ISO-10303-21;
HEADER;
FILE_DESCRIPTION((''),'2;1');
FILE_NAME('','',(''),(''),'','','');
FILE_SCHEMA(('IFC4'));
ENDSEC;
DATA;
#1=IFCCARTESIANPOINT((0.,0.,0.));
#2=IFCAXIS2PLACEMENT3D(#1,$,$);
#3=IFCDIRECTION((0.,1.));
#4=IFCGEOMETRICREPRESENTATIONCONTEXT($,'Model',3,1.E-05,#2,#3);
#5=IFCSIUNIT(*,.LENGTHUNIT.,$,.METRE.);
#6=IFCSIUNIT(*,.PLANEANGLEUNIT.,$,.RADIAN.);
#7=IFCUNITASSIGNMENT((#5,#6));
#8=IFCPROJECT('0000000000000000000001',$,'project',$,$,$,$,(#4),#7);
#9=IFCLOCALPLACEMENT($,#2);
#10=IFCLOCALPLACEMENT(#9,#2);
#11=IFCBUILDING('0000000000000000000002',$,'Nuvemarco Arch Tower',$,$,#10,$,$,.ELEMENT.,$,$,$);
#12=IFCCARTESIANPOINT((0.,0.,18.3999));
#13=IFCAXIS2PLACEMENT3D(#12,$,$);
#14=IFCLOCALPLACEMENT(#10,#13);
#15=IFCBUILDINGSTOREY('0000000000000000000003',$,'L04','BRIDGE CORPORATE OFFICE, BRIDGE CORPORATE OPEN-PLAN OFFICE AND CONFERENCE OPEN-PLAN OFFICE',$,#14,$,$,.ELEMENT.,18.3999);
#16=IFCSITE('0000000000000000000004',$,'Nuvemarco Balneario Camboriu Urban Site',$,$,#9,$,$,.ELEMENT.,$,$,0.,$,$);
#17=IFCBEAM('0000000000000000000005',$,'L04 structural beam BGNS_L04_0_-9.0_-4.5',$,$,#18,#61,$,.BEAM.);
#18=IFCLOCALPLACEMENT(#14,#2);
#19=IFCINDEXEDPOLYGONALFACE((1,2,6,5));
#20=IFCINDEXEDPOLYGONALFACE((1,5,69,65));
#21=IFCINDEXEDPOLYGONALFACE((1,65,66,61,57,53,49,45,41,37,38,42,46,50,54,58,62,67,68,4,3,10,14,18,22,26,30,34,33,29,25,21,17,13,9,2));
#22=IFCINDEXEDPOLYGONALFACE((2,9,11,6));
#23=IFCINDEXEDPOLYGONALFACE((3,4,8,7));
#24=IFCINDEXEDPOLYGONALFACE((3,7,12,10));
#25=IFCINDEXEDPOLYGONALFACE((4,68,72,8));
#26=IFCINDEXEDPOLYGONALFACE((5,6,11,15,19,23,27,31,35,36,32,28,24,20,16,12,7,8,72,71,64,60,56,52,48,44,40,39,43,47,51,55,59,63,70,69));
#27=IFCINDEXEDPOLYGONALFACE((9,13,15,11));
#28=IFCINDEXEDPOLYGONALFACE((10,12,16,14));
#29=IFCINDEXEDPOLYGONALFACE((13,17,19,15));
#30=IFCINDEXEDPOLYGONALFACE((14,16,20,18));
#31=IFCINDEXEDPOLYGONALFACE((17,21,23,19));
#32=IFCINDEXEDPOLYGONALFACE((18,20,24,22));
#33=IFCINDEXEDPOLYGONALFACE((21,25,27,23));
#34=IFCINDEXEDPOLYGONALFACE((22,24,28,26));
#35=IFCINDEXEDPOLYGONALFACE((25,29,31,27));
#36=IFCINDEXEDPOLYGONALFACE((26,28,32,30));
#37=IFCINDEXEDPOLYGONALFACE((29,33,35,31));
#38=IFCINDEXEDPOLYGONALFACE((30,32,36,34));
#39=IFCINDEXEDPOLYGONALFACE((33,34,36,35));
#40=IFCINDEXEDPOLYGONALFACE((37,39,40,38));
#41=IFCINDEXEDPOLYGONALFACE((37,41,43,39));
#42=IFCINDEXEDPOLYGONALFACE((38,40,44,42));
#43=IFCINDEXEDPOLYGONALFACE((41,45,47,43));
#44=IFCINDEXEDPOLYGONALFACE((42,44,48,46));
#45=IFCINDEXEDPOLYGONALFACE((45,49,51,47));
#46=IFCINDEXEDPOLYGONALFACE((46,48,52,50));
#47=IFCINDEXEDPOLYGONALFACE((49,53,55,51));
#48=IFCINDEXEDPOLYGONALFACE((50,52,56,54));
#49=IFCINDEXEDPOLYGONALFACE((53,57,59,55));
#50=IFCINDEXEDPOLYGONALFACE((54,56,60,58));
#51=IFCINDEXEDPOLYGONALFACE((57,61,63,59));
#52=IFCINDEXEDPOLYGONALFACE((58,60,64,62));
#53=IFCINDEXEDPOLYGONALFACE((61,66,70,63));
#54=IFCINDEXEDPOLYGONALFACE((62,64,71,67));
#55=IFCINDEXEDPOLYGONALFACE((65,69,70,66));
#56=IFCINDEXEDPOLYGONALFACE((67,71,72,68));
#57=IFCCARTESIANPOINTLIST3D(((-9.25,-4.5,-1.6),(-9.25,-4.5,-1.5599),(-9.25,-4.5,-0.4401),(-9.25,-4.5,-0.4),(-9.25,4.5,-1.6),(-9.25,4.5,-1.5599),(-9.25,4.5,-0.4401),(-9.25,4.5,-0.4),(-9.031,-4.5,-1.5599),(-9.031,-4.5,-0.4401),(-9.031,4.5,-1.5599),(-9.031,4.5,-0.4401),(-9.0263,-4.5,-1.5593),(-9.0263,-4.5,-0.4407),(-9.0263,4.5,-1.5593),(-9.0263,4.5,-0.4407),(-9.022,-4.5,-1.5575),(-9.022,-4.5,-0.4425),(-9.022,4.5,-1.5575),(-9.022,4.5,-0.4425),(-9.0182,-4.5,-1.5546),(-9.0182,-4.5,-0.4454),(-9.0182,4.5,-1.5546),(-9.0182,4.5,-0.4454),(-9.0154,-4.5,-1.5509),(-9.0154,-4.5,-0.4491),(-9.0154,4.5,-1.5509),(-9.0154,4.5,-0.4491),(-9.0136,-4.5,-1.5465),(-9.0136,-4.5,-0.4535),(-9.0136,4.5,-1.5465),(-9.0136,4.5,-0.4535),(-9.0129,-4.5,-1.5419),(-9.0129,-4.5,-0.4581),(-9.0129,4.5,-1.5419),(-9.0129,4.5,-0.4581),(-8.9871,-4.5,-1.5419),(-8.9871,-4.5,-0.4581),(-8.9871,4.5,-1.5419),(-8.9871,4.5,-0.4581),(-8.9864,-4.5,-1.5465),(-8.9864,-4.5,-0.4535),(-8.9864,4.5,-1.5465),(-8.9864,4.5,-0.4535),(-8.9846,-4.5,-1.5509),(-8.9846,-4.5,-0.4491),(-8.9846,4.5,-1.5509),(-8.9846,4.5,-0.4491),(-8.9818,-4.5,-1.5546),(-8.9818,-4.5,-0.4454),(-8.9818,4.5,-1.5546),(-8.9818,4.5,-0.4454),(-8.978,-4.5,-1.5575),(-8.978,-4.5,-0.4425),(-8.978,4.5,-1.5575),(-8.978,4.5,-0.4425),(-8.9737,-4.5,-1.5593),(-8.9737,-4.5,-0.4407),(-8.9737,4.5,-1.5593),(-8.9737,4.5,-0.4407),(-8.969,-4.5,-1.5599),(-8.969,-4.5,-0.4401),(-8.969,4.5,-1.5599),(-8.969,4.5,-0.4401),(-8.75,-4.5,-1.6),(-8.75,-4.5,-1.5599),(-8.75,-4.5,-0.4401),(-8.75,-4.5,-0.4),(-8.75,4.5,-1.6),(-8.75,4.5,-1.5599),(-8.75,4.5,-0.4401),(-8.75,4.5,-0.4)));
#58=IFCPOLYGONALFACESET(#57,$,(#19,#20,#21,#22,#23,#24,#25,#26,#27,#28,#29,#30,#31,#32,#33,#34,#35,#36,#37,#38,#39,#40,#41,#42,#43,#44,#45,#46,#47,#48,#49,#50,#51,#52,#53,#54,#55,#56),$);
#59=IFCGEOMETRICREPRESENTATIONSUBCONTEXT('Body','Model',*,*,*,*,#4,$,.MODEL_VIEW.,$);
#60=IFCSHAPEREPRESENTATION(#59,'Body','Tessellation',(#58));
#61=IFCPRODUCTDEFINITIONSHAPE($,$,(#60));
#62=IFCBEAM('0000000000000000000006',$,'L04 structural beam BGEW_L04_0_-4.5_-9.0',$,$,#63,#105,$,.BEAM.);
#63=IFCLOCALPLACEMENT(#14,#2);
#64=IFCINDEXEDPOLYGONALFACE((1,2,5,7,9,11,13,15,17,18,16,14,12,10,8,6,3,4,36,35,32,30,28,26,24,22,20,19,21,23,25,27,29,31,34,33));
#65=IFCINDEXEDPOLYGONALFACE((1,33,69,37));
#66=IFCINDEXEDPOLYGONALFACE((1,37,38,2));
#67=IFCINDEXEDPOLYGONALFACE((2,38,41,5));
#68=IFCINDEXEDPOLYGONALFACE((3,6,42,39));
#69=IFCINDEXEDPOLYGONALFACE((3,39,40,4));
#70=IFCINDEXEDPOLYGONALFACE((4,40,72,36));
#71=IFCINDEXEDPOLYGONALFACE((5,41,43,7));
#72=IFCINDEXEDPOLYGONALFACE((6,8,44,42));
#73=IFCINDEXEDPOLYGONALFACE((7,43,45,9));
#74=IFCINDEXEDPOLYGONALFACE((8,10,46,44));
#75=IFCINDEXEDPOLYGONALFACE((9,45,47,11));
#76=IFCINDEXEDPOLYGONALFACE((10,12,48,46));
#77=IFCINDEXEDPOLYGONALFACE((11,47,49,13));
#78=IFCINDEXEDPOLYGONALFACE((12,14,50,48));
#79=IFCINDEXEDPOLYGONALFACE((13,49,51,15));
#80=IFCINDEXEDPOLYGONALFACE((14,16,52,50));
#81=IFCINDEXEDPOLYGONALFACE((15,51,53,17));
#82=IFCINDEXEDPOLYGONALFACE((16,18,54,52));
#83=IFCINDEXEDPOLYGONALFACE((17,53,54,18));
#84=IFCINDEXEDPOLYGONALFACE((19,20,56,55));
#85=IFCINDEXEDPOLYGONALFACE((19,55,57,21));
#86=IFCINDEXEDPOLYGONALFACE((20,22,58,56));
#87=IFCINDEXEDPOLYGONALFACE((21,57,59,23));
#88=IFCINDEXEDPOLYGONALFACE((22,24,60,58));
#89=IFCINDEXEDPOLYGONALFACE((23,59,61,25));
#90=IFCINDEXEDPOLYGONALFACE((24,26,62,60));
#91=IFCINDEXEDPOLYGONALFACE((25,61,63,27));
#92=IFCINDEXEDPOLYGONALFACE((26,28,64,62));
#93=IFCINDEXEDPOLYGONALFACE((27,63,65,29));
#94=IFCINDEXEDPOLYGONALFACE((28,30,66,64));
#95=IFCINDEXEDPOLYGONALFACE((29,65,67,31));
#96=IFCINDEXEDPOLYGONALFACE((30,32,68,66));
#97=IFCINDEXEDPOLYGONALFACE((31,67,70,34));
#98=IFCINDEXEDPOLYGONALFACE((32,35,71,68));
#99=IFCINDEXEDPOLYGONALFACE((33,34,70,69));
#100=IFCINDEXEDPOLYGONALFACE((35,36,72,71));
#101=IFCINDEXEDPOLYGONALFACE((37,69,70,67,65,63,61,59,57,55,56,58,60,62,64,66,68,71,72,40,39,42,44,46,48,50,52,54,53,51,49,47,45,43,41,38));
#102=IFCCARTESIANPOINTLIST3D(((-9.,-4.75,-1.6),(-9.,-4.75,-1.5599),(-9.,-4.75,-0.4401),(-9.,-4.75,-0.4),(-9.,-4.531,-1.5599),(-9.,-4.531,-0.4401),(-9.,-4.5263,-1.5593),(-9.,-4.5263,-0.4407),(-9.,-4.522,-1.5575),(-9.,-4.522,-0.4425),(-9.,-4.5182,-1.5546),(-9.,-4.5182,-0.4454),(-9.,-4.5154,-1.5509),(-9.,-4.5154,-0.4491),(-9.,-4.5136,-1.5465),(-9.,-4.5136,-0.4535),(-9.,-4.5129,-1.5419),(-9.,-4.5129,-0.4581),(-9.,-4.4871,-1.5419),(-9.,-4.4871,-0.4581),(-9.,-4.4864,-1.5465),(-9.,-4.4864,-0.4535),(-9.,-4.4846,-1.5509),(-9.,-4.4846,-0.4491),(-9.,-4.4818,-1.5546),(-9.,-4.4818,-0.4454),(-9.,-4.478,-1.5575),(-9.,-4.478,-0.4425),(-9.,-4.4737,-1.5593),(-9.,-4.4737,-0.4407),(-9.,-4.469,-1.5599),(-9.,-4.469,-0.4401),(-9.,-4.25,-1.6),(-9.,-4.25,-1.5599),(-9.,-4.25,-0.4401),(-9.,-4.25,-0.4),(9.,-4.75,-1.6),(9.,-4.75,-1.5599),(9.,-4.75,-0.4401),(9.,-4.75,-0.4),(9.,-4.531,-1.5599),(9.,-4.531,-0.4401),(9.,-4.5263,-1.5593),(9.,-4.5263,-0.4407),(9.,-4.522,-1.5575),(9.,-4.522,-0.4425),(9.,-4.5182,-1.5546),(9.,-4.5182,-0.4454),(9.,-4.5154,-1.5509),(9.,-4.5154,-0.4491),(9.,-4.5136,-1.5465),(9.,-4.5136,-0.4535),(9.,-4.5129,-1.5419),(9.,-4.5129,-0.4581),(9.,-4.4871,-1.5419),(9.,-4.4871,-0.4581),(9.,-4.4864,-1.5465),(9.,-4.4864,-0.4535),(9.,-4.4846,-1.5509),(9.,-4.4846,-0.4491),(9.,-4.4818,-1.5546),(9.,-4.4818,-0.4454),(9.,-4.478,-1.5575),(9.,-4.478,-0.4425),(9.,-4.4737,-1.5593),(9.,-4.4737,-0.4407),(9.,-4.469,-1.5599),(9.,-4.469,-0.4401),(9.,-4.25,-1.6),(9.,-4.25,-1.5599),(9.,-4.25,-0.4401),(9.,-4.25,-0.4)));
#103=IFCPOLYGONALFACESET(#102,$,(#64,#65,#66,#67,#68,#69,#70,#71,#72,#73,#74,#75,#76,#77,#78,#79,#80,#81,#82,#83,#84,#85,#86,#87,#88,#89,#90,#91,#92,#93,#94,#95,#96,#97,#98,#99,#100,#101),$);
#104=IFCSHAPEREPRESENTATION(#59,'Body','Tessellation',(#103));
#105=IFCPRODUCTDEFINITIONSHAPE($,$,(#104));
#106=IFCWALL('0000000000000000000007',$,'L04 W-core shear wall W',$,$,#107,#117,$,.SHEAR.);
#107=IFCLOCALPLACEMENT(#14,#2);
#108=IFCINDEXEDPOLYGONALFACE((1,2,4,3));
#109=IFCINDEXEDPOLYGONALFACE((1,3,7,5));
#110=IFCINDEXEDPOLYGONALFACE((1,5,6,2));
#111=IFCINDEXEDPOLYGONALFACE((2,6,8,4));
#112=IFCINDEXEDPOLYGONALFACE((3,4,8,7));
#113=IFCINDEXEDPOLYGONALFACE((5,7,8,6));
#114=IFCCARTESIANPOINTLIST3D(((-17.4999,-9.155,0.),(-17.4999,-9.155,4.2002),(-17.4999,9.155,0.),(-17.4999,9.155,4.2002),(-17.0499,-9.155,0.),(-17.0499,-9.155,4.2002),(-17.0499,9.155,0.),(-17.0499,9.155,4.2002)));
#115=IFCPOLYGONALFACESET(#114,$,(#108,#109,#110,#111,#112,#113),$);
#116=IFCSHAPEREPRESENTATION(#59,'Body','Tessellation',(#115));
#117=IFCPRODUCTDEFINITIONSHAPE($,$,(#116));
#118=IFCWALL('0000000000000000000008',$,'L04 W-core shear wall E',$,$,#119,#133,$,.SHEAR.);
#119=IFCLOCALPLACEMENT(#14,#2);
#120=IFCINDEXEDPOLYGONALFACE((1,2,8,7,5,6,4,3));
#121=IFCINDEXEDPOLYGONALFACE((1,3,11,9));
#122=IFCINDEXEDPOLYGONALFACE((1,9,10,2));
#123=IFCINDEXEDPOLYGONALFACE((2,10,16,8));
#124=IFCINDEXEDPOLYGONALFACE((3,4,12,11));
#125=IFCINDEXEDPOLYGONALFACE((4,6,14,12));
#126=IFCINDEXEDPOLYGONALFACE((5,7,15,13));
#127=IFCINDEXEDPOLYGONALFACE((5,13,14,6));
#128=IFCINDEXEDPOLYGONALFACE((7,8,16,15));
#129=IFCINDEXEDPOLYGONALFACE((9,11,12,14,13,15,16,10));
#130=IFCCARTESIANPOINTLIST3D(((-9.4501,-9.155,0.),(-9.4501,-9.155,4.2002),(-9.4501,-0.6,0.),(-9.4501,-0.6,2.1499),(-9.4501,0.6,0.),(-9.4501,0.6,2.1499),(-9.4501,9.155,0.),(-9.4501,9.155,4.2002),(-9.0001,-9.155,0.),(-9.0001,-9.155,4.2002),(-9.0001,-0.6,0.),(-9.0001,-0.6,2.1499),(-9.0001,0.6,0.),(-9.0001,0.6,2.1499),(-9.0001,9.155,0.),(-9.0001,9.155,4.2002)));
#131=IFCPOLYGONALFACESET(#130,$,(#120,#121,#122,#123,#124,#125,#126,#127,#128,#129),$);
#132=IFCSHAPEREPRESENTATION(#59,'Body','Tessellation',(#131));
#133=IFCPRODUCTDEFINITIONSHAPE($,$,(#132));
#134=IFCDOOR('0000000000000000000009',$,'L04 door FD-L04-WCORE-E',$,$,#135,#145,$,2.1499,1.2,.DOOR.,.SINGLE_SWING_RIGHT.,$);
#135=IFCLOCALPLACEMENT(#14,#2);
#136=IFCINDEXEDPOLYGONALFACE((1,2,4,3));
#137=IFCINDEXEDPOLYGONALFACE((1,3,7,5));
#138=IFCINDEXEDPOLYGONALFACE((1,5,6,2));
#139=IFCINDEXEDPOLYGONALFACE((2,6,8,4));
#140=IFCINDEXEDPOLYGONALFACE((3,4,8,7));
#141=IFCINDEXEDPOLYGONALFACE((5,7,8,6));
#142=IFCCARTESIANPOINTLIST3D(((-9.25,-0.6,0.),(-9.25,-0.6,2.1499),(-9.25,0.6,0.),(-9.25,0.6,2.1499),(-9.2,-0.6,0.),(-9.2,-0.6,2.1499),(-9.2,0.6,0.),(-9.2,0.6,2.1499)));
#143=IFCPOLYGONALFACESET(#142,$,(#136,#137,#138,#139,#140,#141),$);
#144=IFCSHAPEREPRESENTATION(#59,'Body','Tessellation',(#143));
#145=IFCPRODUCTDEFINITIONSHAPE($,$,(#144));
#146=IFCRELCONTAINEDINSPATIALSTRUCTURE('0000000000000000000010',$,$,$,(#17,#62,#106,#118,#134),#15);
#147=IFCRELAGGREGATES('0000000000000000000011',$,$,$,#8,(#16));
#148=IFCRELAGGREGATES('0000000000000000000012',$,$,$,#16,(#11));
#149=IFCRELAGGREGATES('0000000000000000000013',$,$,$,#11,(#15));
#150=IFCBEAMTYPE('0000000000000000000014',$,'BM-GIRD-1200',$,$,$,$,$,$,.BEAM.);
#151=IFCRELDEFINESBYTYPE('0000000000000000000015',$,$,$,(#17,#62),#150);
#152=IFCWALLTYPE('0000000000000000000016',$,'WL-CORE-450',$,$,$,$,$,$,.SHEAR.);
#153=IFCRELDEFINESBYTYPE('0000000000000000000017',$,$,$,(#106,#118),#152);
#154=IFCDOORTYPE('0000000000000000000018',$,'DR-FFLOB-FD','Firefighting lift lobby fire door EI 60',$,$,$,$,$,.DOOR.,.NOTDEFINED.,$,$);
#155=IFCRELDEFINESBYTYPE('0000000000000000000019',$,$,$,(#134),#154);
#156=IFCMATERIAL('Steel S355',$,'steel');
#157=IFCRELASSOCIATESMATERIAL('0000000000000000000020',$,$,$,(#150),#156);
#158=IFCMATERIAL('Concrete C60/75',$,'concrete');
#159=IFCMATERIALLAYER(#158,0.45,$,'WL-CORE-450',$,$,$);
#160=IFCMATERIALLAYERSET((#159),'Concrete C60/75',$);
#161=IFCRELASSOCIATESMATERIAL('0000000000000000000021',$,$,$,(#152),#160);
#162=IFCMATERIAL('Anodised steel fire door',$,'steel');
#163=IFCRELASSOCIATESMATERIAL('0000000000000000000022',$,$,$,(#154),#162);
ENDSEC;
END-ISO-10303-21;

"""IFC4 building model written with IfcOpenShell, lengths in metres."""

from ifc_helpers import new_model, si_unit, direction, frame, frame_2d, origin, origin_2d, place, context, subcontext, project, spatial, rectangle, i_section, extrude, source, transform, mapped, material, layer, layer_set, material_profile, profile_set, type_object, type_shapes, element, fill, save


model = new_model("IFC4")

# Units and contexts
model_context = context("Model", 3, precision=1e-05, world=origin(), true_north=direction((0.0, 1.0)))
body_context = subcontext(model_context, "Body", "Model", "MODEL_VIEW")
ifc_project = project(units=[si_unit("LENGTHUNIT", "METRE"), si_unit("PLANEANGLEUNIT", "RADIAN")], contexts=[model_context])

# Site, building, storey
site_placement = place(None, origin())
site = spatial("IfcSite", under=ifc_project, at=site_placement, Name="Nuvemarco Balneario Camboriu Urban Site", CompositionType="ELEMENT", RefElevation=0.0)
building_placement = place(site_placement, origin())
building = spatial("IfcBuilding", under=site, at=building_placement, Name="Nuvemarco Arch Tower", CompositionType="ELEMENT")
storey_placement = place(building_placement, frame((0.0, 0.0, 18.3999)))
storey = spatial("IfcBuildingStorey", under=building, at=storey_placement, Name="L04", Description="BRIDGE CORPORATE OFFICE, BRIDGE CORPORATE OPEN-PLAN OFFICE AND CONFERENCE OPEN-PLAN OFFICE", CompositionType="ELEMENT", Elevation=18.3999)

# Shared definitions
ifc_material_1 = material(Name="Concrete C60/75", Category="concrete")

# Beams
ifc_material_2 = material(Name="Steel S355", Category="steel")
ifc_material_profile_1 = material_profile(ifc_material_2, i_section(OverallWidth=0.5, OverallDepth=1.2, WebThickness=0.0259, FlangeThickness=0.04, FilletRadius=0.0181, at=origin_2d()), Name="PG1200x500")
ifc_profile_set_1 = profile_set([ifc_material_profile_1], Name="Steel S355")
beam_type_1 = type_object("IfcBeamType", Name="BM-GIRD-1200", PredefinedType="BEAM", material=ifc_profile_set_1)
beam_1_placement = place(storey_placement, frame((-9.0, -4.5, -1.0), z_axis=(0.0, 1.0, 0.0), x_axis=(-1.0, 0.0, 0.0)))
element("IfcBeam", 1, at=beam_1_placement, inside=storey, type_object=beam_type_1, Name="L04 structural beam BGNS_L04_0_-9.0_-4.5", PredefinedType="BEAM", context=body_context, shape_type="SweptSolid", body=[
    extrude(i_section(OverallWidth=0.5, OverallDepth=1.2, WebThickness=0.0259, FlangeThickness=0.04, FilletRadius=0.0181, at=origin_2d()), origin(), (0.0, 0.0, 1.0), 9.0),
])
beam_2_placement = place(storey_placement, frame((-9.0, -4.5, -1.0), z_axis=(1.0, 0.0, 0.0), x_axis=(0.0, 1.0, 0.0)))
element("IfcBeam", 2, at=beam_2_placement, inside=storey, type_object=beam_type_1, Name="L04 structural beam BGEW_L04_0_-4.5_-9.0", PredefinedType="BEAM", context=body_context, shape_type="SweptSolid", body=[
    extrude(i_section(OverallWidth=0.5, OverallDepth=1.2, WebThickness=0.0259, FlangeThickness=0.04, FilletRadius=0.0181, at=origin_2d()), origin(), (0.0, 0.0, 1.0), 18.0),
])

# Wall
ifc_layer_1 = layer(ifc_material_1, 0.45, Name="WL-CORE-450")
ifc_layer_set_1 = layer_set([ifc_layer_1], Name="Concrete C60/75")
wall_type_1 = type_object("IfcWallType", Name="WL-CORE-450", PredefinedType="SHEAR", material=ifc_layer_set_1)
wall_1_placement = place(storey_placement, frame((-17.2749, -9.155, 0.0), z_axis=(0.0, 0.0, 1.0), x_axis=(0.0, 1.0, 0.0)))
element("IfcWall", 3, at=wall_1_placement, inside=storey, type_object=wall_type_1, Name="L04 W-core shear wall W", PredefinedType="SHEAR", context=body_context, shape_type="SweptSolid", body=[
    extrude(rectangle(XDim=18.3101, YDim=0.45, at=frame_2d((9.155, 0.0))), origin(), (0.0, 0.0, 1.0), 4.2002),
])

# Wall, opening, door
wall_2_placement = place(storey_placement, frame((-9.2251, -9.155, 0.0), z_axis=(0.0, 0.0, 1.0), x_axis=(0.0, 1.0, 0.0)))
wall_2 = element("IfcWall", 4, at=wall_2_placement, inside=storey, type_object=wall_type_1, Name="L04 W-core shear wall E", PredefinedType="SHEAR", context=body_context, shape_type="SweptSolid", body=[
    extrude(rectangle(XDim=18.3101, YDim=0.45, at=frame_2d((9.155, 0.0))), origin(), (0.0, 0.0, 1.0), 4.2002),
])
opening_1_placement = place(wall_2_placement, frame((8.5549, 0.0, 0.0)))
opening_1 = element("IfcOpeningElement", 5, at=opening_1_placement, cuts=wall_2, PredefinedType="OPENING", context=body_context, shape_type="SweptSolid", body=[
    extrude(rectangle(XDim=1.2, YDim=2.1499, at=frame_2d((0.6001, 1.075))), frame((0.0, 0.2349, 0.0), z_axis=(0.0, -1.0, 0.0), x_axis=(1.0, 0.0, 0.0)), (0.0, 0.0, 1.0), 0.47),
])
ifc_material_3 = material(Name="Anodised steel fire door", Category="steel")
door_type_1 = type_object("IfcDoorType", Name="DR-FFLOB-FD", Description="Firefighting lift lobby fire door EI 60", OperationType="NOTDEFINED", PredefinedType="DOOR", material=ifc_material_3)
shared_shape_1 = source(origin(), body_context, "Body", "SweptSolid", [
    extrude(rectangle(XDim=1.2, YDim=2.1499, at=frame_2d((0.6001, 1.075))), frame((0.0, 0.0249, 0.0), z_axis=(0.0, -1.0, 0.0), x_axis=(1.0, 0.0, 0.0)), (0.0, 0.0, 1.0), 0.05),
])
type_shapes(door_type_1, [shared_shape_1])
door_1_placement = place(opening_1_placement, origin())
door_1 = element("IfcDoor", 6, at=door_1_placement, inside=storey, type_object=door_type_1, Name="L04 door FD-L04-WCORE-E", OperationType="SINGLE_SWING_RIGHT", OverallHeight=2.1499, OverallWidth=1.2, PredefinedType="DOOR", context=body_context, shape_type="MappedRepresentation", body=[
    mapped(shared_shape_1, transform((0.0, 0.0, 0.0), scale=1.0)),
])
fill(opening_1, door_1)

save(model, "model.ifc")
